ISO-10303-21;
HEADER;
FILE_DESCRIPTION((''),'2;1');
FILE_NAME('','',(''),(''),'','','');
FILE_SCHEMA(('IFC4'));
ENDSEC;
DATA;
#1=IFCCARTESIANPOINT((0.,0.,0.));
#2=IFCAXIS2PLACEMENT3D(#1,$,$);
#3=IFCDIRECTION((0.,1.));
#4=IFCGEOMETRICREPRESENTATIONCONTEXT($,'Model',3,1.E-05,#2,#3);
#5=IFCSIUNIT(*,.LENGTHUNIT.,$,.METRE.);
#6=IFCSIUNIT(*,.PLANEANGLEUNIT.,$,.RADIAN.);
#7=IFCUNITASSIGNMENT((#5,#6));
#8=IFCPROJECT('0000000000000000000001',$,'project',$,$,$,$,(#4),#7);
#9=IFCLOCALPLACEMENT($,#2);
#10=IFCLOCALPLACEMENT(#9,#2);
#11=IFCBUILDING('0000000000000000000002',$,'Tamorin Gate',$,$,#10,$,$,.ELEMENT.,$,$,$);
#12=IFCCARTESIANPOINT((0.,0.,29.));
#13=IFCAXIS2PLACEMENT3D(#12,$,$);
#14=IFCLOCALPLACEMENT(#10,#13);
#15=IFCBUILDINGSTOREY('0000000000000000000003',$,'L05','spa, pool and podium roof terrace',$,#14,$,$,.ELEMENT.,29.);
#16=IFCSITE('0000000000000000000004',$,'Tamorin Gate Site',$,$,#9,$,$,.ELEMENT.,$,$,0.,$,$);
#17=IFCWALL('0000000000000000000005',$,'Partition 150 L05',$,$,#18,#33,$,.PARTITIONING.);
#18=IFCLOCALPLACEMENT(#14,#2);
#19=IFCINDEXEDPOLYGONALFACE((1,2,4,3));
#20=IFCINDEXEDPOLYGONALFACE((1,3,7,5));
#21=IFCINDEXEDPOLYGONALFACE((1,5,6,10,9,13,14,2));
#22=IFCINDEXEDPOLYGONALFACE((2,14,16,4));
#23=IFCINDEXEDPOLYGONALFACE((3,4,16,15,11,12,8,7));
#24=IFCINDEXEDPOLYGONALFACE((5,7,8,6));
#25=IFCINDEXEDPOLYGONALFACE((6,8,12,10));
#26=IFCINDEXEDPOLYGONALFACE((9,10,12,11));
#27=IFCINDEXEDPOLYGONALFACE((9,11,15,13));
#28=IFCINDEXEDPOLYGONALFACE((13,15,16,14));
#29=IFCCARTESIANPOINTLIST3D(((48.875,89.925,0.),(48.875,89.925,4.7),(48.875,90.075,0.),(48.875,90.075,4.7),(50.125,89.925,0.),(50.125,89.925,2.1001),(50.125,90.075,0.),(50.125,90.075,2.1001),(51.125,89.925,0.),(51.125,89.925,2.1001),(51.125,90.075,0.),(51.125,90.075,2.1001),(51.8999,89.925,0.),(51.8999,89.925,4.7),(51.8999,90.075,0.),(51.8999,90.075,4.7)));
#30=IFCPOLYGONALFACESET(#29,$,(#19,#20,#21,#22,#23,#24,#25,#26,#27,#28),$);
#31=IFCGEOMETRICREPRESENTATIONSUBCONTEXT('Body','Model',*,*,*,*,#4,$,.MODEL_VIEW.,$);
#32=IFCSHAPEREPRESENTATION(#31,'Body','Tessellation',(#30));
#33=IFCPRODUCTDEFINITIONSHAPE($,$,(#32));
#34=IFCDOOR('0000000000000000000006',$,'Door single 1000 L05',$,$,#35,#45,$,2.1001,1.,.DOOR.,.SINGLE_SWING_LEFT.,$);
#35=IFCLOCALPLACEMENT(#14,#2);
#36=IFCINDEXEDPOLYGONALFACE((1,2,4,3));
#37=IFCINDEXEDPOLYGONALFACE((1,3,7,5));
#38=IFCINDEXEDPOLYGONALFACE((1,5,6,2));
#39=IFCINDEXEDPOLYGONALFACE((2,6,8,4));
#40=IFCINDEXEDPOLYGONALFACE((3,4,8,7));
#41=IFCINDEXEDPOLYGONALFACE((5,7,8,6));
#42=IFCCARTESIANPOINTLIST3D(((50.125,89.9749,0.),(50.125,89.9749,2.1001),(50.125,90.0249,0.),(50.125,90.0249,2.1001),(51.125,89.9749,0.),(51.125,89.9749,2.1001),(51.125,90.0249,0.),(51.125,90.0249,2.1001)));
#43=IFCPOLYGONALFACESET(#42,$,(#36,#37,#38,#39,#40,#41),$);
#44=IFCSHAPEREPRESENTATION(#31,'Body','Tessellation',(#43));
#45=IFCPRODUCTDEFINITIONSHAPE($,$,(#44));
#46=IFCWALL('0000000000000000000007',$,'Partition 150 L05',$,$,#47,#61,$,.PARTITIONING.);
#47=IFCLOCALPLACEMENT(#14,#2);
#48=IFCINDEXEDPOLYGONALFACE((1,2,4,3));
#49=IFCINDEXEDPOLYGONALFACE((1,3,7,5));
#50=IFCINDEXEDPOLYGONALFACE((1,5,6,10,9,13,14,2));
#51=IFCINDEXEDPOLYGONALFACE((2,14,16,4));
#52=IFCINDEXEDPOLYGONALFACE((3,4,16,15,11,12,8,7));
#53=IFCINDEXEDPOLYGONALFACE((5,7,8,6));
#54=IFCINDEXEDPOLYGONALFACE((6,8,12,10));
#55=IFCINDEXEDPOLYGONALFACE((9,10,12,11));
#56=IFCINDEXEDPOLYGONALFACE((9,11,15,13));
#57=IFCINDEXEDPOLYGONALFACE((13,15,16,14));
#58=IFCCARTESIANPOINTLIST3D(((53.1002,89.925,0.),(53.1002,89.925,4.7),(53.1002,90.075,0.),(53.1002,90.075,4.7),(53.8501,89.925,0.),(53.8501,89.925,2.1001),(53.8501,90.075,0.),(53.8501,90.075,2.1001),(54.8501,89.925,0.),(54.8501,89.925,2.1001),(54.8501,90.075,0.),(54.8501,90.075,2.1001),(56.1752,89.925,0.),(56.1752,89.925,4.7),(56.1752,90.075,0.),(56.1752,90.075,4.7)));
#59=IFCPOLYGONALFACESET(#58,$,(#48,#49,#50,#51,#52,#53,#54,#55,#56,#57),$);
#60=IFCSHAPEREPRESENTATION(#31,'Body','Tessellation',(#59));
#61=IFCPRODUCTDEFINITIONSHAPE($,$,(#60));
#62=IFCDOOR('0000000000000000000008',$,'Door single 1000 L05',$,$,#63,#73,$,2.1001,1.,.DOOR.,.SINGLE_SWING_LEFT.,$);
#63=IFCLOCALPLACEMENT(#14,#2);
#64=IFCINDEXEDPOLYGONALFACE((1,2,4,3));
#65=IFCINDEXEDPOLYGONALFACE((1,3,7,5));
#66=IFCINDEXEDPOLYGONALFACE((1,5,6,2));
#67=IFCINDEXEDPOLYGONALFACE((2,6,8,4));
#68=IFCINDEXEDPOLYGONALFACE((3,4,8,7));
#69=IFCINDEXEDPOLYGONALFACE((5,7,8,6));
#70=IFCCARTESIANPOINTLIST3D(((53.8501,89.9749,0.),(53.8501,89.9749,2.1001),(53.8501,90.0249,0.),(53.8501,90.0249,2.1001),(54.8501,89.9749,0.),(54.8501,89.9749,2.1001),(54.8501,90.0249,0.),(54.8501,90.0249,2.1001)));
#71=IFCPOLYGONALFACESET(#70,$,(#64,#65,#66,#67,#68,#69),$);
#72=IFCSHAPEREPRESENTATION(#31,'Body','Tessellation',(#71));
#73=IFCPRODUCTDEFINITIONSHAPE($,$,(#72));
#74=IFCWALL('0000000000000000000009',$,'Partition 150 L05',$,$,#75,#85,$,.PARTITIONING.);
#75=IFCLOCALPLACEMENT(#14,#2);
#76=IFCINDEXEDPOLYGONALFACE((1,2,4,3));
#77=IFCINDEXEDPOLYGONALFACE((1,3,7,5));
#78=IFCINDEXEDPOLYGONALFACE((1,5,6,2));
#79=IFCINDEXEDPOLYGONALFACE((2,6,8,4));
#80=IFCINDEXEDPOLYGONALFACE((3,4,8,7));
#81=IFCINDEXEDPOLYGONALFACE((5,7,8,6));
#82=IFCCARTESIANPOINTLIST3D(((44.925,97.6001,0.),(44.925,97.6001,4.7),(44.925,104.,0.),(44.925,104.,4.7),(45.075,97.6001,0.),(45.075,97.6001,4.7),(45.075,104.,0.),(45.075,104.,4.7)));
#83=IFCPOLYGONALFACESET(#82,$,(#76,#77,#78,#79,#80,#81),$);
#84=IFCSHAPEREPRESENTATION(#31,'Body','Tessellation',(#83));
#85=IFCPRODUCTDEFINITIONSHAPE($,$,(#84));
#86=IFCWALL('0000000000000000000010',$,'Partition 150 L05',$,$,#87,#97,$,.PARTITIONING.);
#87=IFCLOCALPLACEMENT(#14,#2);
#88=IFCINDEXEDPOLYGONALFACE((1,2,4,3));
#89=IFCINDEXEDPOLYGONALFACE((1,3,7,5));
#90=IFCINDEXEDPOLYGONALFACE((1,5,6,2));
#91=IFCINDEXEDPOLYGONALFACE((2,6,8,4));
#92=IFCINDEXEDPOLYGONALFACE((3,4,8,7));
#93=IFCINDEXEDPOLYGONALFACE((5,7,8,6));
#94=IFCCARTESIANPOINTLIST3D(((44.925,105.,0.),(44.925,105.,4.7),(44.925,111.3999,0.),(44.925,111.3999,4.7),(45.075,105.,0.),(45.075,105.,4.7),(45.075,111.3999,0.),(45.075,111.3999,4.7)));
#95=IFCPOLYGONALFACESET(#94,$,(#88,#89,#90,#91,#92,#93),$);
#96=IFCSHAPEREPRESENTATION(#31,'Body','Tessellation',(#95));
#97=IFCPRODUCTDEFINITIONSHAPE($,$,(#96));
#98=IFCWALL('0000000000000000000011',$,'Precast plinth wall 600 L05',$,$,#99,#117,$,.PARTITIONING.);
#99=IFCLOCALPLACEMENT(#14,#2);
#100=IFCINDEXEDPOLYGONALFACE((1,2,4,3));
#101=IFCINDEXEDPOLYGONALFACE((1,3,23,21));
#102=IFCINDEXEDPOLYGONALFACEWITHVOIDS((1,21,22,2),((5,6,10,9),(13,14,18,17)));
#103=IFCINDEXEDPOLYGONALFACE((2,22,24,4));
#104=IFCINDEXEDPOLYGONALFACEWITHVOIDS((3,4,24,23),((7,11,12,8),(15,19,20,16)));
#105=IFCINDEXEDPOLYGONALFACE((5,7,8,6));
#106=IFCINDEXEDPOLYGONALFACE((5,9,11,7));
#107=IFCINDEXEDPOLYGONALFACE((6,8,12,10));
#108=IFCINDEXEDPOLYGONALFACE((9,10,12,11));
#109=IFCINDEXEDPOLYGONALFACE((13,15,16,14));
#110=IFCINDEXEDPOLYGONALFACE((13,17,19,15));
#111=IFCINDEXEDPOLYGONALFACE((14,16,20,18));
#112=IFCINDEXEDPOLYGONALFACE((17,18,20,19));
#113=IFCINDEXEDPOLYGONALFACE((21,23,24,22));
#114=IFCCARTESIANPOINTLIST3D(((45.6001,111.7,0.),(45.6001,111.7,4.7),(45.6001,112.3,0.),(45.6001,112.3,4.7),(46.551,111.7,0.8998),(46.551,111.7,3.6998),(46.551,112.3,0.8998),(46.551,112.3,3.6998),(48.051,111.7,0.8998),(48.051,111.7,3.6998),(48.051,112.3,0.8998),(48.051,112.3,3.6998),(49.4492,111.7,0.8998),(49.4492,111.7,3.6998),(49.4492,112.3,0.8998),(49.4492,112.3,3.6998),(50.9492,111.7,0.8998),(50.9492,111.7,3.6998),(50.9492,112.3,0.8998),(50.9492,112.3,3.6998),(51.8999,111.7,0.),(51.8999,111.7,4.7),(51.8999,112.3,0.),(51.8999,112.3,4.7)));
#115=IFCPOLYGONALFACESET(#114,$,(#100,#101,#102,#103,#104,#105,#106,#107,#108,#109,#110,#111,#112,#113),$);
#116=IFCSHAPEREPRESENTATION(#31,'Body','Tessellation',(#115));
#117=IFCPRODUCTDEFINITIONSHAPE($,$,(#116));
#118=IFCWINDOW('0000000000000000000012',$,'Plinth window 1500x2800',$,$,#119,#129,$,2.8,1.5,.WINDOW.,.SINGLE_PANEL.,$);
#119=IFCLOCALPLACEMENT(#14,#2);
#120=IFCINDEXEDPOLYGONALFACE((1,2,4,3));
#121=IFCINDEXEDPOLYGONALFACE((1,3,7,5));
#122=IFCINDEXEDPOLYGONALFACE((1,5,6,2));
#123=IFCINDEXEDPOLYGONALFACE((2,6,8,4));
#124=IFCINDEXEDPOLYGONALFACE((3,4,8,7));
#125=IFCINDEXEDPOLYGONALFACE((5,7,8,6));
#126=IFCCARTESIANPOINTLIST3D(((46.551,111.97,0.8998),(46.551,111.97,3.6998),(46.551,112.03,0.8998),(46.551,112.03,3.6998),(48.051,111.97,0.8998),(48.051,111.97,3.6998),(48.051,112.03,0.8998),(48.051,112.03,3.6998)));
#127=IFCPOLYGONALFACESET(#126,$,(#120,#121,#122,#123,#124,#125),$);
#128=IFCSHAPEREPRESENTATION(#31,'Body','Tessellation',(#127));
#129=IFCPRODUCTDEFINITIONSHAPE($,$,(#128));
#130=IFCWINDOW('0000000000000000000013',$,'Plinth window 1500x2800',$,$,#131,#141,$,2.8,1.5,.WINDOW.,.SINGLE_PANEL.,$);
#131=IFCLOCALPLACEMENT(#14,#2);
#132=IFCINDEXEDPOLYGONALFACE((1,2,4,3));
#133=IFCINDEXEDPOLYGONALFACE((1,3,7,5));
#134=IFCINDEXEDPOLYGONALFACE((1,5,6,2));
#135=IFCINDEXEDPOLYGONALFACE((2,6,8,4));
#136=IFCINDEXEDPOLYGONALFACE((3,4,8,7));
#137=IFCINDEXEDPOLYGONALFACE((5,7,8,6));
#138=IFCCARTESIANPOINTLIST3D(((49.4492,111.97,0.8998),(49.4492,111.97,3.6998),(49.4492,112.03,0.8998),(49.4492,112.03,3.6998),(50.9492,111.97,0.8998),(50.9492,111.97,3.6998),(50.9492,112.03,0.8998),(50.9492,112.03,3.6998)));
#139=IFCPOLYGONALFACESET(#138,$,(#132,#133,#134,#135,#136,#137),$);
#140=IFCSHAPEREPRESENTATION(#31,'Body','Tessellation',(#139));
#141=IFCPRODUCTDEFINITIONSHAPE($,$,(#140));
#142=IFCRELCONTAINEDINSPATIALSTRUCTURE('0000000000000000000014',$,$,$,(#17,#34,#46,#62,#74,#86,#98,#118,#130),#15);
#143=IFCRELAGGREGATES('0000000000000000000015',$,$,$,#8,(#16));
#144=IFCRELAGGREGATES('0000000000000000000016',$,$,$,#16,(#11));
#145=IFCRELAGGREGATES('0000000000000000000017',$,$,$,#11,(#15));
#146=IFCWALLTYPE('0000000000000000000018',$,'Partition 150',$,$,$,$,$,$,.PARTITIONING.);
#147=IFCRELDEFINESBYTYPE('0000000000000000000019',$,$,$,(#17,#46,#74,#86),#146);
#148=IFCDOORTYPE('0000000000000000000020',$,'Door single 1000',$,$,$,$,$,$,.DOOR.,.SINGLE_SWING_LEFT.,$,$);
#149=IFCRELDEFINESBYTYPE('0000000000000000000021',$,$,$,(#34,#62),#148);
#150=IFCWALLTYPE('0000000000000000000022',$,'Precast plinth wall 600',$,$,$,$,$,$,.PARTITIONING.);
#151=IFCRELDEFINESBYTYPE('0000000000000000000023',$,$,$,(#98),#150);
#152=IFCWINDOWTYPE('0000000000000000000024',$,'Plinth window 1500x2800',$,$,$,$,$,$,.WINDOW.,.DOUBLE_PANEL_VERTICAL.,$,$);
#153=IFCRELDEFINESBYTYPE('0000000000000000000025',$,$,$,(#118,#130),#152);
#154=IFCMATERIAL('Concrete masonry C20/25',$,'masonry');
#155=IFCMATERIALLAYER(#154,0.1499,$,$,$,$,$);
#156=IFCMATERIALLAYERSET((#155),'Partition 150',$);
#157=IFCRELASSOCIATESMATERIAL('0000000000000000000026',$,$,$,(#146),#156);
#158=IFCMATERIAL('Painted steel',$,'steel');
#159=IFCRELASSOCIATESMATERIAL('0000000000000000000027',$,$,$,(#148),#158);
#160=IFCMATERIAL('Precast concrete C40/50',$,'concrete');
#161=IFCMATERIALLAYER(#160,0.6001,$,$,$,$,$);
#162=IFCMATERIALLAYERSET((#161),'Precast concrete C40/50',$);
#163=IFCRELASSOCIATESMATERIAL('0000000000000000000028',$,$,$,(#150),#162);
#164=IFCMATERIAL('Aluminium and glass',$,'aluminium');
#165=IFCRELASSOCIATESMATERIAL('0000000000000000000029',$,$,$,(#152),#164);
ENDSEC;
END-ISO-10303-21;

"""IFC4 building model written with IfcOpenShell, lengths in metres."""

from ifc_helpers import new_model, si_unit, direction, frame, frame_2d, origin, place, context, subcontext, project, spatial, rectangle, extrude, material, layer, layer_set, type_object, element, fill, save


model = new_model("IFC4")

# Units and contexts
model_context = context("Model", 3, precision=1e-05, world=origin(), true_north=direction((0.0, 1.0)))
body_context = subcontext(model_context, "Body", "Model", "MODEL_VIEW")
ifc_project = project(units=[si_unit("LENGTHUNIT", "METRE"), si_unit("PLANEANGLEUNIT", "RADIAN")], contexts=[model_context])

# Site, building, storey
site_placement = place(None, origin())
site = spatial("IfcSite", under=ifc_project, at=site_placement, Name="Tamorin Gate Site", CompositionType="ELEMENT", RefElevation=0.0)
building_placement = place(site_placement, origin())
building = spatial("IfcBuilding", under=site, at=building_placement, Name="Tamorin Gate", CompositionType="ELEMENT")
storey_placement = place(building_placement, frame((0.0, 0.0, 29.0)))
storey = spatial("IfcBuildingStorey", under=building, at=storey_placement, Name="L05", Description="spa, pool and podium roof terrace", CompositionType="ELEMENT", Elevation=29.0)

# Shared definitions
ifc_material_1 = material(Name="Concrete masonry C20/25", Category="masonry")
ifc_layer_1 = layer(ifc_material_1, 0.1499)
ifc_layer_set_1 = layer_set([ifc_layer_1], Name="Partition 150")
wall_type_1 = type_object("IfcWallType", Name="Partition 150", PredefinedType="PARTITIONING", material=ifc_layer_set_1)

# Walls, openings, doors
ifc_material_2 = material(Name="Painted steel", Category="steel")
door_type_1 = type_object("IfcDoorType", Name="Door single 1000", OperationType="SINGLE_SWING_LEFT", PredefinedType="DOOR", material=ifc_material_2)
wall_1_placement = place(storey_placement, frame((48.875, 90.0, 0.0), z_axis=(0.0, 0.0, 1.0), x_axis=(1.0, 0.0, 0.0)))
wall_1 = element("IfcWall", 1, at=wall_1_placement, inside=storey, type_object=wall_type_1, Name="Partition 150 L05", PredefinedType="PARTITIONING", context=body_context, shape_type="SweptSolid", body=[
    extrude(rectangle(XDim=3.0249, YDim=0.1499, at=frame_2d((1.5125, 0.0))), origin(), (0.0, 0.0, 1.0), 4.7),
])
opening_1_placement = place(wall_1_placement, frame((1.25, 0.0, 0.0)))
opening_1 = element("IfcOpeningElement", 2, at=opening_1_placement, cuts=wall_1, PredefinedType="OPENING", context=body_context, shape_type="SweptSolid", body=[
    extrude(rectangle(XDim=1.0, YDim=2.1001, at=frame_2d((0.5, 1.05))), frame((0.0, 0.085, 0.0), z_axis=(0.0, -1.0, 0.0), x_axis=(1.0, 0.0, 0.0)), (0.0, 0.0, 1.0), 0.1699),
])
door_1_placement = place(opening_1_placement, origin())
door_1 = element("IfcDoor", 3, at=door_1_placement, inside=storey, type_object=door_type_1, Name="Door single 1000 L05", OperationType="SINGLE_SWING_LEFT", OverallHeight=2.1001, OverallWidth=1.0, PredefinedType="DOOR", context=body_context, shape_type="SweptSolid", body=[
    extrude(rectangle(XDim=1.0, YDim=2.1001, at=frame_2d((0.5, 1.05))), frame((0.0, 0.0249, 0.0), z_axis=(0.0, -1.0, 0.0), x_axis=(1.0, 0.0, 0.0)), (0.0, 0.0, 1.0), 0.05),
])
fill(opening_1, door_1)
wall_2_placement = place(storey_placement, frame((53.1001, 90.0, 0.0), z_axis=(0.0, 0.0, 1.0), x_axis=(1.0, 0.0, 0.0)))
wall_2 = element("IfcWall", 4, at=wall_2_placement, inside=storey, type_object=wall_type_1, Name="Partition 150 L05", PredefinedType="PARTITIONING", context=body_context, shape_type="SweptSolid", body=[
    extrude(rectangle(XDim=3.075, YDim=0.1499, at=frame_2d((1.5376, 0.0))), origin(), (0.0, 0.0, 1.0), 4.7),
])
opening_2_placement = place(wall_2_placement, frame((0.75, 0.0, 0.0)))
opening_2 = element("IfcOpeningElement", 5, at=opening_2_placement, cuts=wall_2, PredefinedType="OPENING", context=body_context, shape_type="SweptSolid", body=[
    extrude(rectangle(XDim=1.0, YDim=2.1001, at=frame_2d((0.5, 1.05))), frame((0.0, 0.085, 0.0), z_axis=(0.0, -1.0, 0.0), x_axis=(1.0, 0.0, 0.0)), (0.0, 0.0, 1.0), 0.1699),
])
door_2_placement = place(opening_2_placement, origin())
door_2 = element("IfcDoor", 6, at=door_2_placement, inside=storey, type_object=door_type_1, Name="Door single 1000 L05", OperationType="SINGLE_SWING_LEFT", OverallHeight=2.1001, OverallWidth=1.0, PredefinedType="DOOR", context=body_context, shape_type="SweptSolid", body=[
    extrude(rectangle(XDim=1.0, YDim=2.1001, at=frame_2d((0.5, 1.05))), frame((0.0, 0.0249, 0.0), z_axis=(0.0, -1.0, 0.0), x_axis=(1.0, 0.0, 0.0)), (0.0, 0.0, 1.0), 0.05),
])
fill(opening_2, door_2)

# Walls
for number, where, z_axis, x_axis, name in (
    (7, (45.0, 97.6001, 0.0), (0.0, 0.0, 1.0), (0.0, 1.0, 0.0), "Partition 150 L05"),
    (8, (45.0, 105.0, 0.0), (0.0, 0.0, 1.0), (0.0, 1.0, 0.0), "Partition 150 L05"),
):
    element("IfcWall", number, at=place(storey_placement, frame(where, z_axis=z_axis, x_axis=x_axis)), inside=storey, type_object=wall_type_1, Name=name, PredefinedType="PARTITIONING", context=body_context, shape_type="SweptSolid", body=[
        extrude(rectangle(XDim=6.3999, YDim=0.1499, at=frame_2d((3.2, 0.0))), origin(), (0.0, 0.0, 1.0), 4.7),
    ])

# Wall, openings, windows
ifc_material_3 = material(Name="Precast concrete C40/50", Category="concrete")
ifc_layer_2 = layer(ifc_material_3, 0.6001)
ifc_layer_set_2 = layer_set([ifc_layer_2], Name="Precast concrete C40/50")
wall_type_2 = type_object("IfcWallType", Name="Precast plinth wall 600", PredefinedType="PARTITIONING", material=ifc_layer_set_2)
wall_3_placement = place(storey_placement, frame((45.6001, 112.0, 0.0), z_axis=(0.0, 0.0, 1.0), x_axis=(1.0, 0.0, 0.0)))
wall_3 = element("IfcWall", 9, at=wall_3_placement, inside=storey, type_object=wall_type_2, Name="Precast plinth wall 600 L05", PredefinedType="PARTITIONING", context=body_context, shape_type="SweptSolid", body=[
    extrude(rectangle(XDim=6.2998, YDim=0.6001, at=frame_2d((3.1499, 0.0))), origin(), (0.0, 0.0, 1.0), 4.7),
])
opening_3_placement = place(wall_3_placement, frame((0.9509, 0.0, 0.8999)))
opening_3 = element("IfcOpeningElement", 10, at=opening_3_placement, cuts=wall_3, PredefinedType="OPENING", context=body_context, shape_type="SweptSolid", body=[
    extrude(rectangle(XDim=1.5, YDim=2.8, at=frame_2d((0.75, 1.3999))), frame((0.0, 0.3101, 0.0), z_axis=(0.0, -1.0, 0.0), x_axis=(1.0, 0.0, 0.0)), (0.0, 0.0, 1.0), 0.6201),
])
opening_4_placement = place(wall_3_placement, frame((3.8491, 0.0, 0.8999)))
opening_4 = element("IfcOpeningElement", 11, at=opening_4_placement, cuts=wall_3, PredefinedType="OPENING", context=body_context, shape_type="SweptSolid", body=[
    extrude(rectangle(XDim=1.5, YDim=2.8, at=frame_2d((0.75, 1.3999))), frame((0.0, 0.3101, 0.0), z_axis=(0.0, -1.0, 0.0), x_axis=(1.0, 0.0, 0.0)), (0.0, 0.0, 1.0), 0.6201),
])
ifc_material_4 = material(Name="Aluminium and glass", Category="aluminium")
window_type = type_object("IfcWindowType", Name="Plinth window 1500x2800", PartitioningType="DOUBLE_PANEL_VERTICAL", PredefinedType="WINDOW", material=ifc_material_4)
window_1_placement = place(opening_3_placement, origin())
window_1 = element("IfcWindow", 12, at=window_1_placement, inside=storey, type_object=window_type, Name="Plinth window 1500x2800", OverallHeight=2.8, OverallWidth=1.5, PartitioningType="SINGLE_PANEL", PredefinedType="WINDOW", context=body_context, shape_type="SweptSolid", body=[
    extrude(rectangle(XDim=1.5, YDim=2.8, at=frame_2d((0.75, 1.3999))), frame((0.0, 0.03, 0.0), z_axis=(0.0, -1.0, 0.0), x_axis=(1.0, 0.0, 0.0)), (0.0, 0.0, 1.0), 0.0601),
])
fill(opening_3, window_1)
window_2_placement = place(opening_4_placement, origin())
window_2 = element("IfcWindow", 13, at=window_2_placement, inside=storey, type_object=window_type, Name="Plinth window 1500x2800", OverallHeight=2.8, OverallWidth=1.5, PartitioningType="SINGLE_PANEL", PredefinedType="WINDOW", context=body_context, shape_type="SweptSolid", body=[
    extrude(rectangle(XDim=1.5, YDim=2.8, at=frame_2d((0.75, 1.3999))), frame((0.0, 0.03, 0.0), z_axis=(0.0, -1.0, 0.0), x_axis=(1.0, 0.0, 0.0)), (0.0, 0.0, 1.0), 0.0601),
])
fill(opening_4, window_2)

save(model, "model.ifc")
